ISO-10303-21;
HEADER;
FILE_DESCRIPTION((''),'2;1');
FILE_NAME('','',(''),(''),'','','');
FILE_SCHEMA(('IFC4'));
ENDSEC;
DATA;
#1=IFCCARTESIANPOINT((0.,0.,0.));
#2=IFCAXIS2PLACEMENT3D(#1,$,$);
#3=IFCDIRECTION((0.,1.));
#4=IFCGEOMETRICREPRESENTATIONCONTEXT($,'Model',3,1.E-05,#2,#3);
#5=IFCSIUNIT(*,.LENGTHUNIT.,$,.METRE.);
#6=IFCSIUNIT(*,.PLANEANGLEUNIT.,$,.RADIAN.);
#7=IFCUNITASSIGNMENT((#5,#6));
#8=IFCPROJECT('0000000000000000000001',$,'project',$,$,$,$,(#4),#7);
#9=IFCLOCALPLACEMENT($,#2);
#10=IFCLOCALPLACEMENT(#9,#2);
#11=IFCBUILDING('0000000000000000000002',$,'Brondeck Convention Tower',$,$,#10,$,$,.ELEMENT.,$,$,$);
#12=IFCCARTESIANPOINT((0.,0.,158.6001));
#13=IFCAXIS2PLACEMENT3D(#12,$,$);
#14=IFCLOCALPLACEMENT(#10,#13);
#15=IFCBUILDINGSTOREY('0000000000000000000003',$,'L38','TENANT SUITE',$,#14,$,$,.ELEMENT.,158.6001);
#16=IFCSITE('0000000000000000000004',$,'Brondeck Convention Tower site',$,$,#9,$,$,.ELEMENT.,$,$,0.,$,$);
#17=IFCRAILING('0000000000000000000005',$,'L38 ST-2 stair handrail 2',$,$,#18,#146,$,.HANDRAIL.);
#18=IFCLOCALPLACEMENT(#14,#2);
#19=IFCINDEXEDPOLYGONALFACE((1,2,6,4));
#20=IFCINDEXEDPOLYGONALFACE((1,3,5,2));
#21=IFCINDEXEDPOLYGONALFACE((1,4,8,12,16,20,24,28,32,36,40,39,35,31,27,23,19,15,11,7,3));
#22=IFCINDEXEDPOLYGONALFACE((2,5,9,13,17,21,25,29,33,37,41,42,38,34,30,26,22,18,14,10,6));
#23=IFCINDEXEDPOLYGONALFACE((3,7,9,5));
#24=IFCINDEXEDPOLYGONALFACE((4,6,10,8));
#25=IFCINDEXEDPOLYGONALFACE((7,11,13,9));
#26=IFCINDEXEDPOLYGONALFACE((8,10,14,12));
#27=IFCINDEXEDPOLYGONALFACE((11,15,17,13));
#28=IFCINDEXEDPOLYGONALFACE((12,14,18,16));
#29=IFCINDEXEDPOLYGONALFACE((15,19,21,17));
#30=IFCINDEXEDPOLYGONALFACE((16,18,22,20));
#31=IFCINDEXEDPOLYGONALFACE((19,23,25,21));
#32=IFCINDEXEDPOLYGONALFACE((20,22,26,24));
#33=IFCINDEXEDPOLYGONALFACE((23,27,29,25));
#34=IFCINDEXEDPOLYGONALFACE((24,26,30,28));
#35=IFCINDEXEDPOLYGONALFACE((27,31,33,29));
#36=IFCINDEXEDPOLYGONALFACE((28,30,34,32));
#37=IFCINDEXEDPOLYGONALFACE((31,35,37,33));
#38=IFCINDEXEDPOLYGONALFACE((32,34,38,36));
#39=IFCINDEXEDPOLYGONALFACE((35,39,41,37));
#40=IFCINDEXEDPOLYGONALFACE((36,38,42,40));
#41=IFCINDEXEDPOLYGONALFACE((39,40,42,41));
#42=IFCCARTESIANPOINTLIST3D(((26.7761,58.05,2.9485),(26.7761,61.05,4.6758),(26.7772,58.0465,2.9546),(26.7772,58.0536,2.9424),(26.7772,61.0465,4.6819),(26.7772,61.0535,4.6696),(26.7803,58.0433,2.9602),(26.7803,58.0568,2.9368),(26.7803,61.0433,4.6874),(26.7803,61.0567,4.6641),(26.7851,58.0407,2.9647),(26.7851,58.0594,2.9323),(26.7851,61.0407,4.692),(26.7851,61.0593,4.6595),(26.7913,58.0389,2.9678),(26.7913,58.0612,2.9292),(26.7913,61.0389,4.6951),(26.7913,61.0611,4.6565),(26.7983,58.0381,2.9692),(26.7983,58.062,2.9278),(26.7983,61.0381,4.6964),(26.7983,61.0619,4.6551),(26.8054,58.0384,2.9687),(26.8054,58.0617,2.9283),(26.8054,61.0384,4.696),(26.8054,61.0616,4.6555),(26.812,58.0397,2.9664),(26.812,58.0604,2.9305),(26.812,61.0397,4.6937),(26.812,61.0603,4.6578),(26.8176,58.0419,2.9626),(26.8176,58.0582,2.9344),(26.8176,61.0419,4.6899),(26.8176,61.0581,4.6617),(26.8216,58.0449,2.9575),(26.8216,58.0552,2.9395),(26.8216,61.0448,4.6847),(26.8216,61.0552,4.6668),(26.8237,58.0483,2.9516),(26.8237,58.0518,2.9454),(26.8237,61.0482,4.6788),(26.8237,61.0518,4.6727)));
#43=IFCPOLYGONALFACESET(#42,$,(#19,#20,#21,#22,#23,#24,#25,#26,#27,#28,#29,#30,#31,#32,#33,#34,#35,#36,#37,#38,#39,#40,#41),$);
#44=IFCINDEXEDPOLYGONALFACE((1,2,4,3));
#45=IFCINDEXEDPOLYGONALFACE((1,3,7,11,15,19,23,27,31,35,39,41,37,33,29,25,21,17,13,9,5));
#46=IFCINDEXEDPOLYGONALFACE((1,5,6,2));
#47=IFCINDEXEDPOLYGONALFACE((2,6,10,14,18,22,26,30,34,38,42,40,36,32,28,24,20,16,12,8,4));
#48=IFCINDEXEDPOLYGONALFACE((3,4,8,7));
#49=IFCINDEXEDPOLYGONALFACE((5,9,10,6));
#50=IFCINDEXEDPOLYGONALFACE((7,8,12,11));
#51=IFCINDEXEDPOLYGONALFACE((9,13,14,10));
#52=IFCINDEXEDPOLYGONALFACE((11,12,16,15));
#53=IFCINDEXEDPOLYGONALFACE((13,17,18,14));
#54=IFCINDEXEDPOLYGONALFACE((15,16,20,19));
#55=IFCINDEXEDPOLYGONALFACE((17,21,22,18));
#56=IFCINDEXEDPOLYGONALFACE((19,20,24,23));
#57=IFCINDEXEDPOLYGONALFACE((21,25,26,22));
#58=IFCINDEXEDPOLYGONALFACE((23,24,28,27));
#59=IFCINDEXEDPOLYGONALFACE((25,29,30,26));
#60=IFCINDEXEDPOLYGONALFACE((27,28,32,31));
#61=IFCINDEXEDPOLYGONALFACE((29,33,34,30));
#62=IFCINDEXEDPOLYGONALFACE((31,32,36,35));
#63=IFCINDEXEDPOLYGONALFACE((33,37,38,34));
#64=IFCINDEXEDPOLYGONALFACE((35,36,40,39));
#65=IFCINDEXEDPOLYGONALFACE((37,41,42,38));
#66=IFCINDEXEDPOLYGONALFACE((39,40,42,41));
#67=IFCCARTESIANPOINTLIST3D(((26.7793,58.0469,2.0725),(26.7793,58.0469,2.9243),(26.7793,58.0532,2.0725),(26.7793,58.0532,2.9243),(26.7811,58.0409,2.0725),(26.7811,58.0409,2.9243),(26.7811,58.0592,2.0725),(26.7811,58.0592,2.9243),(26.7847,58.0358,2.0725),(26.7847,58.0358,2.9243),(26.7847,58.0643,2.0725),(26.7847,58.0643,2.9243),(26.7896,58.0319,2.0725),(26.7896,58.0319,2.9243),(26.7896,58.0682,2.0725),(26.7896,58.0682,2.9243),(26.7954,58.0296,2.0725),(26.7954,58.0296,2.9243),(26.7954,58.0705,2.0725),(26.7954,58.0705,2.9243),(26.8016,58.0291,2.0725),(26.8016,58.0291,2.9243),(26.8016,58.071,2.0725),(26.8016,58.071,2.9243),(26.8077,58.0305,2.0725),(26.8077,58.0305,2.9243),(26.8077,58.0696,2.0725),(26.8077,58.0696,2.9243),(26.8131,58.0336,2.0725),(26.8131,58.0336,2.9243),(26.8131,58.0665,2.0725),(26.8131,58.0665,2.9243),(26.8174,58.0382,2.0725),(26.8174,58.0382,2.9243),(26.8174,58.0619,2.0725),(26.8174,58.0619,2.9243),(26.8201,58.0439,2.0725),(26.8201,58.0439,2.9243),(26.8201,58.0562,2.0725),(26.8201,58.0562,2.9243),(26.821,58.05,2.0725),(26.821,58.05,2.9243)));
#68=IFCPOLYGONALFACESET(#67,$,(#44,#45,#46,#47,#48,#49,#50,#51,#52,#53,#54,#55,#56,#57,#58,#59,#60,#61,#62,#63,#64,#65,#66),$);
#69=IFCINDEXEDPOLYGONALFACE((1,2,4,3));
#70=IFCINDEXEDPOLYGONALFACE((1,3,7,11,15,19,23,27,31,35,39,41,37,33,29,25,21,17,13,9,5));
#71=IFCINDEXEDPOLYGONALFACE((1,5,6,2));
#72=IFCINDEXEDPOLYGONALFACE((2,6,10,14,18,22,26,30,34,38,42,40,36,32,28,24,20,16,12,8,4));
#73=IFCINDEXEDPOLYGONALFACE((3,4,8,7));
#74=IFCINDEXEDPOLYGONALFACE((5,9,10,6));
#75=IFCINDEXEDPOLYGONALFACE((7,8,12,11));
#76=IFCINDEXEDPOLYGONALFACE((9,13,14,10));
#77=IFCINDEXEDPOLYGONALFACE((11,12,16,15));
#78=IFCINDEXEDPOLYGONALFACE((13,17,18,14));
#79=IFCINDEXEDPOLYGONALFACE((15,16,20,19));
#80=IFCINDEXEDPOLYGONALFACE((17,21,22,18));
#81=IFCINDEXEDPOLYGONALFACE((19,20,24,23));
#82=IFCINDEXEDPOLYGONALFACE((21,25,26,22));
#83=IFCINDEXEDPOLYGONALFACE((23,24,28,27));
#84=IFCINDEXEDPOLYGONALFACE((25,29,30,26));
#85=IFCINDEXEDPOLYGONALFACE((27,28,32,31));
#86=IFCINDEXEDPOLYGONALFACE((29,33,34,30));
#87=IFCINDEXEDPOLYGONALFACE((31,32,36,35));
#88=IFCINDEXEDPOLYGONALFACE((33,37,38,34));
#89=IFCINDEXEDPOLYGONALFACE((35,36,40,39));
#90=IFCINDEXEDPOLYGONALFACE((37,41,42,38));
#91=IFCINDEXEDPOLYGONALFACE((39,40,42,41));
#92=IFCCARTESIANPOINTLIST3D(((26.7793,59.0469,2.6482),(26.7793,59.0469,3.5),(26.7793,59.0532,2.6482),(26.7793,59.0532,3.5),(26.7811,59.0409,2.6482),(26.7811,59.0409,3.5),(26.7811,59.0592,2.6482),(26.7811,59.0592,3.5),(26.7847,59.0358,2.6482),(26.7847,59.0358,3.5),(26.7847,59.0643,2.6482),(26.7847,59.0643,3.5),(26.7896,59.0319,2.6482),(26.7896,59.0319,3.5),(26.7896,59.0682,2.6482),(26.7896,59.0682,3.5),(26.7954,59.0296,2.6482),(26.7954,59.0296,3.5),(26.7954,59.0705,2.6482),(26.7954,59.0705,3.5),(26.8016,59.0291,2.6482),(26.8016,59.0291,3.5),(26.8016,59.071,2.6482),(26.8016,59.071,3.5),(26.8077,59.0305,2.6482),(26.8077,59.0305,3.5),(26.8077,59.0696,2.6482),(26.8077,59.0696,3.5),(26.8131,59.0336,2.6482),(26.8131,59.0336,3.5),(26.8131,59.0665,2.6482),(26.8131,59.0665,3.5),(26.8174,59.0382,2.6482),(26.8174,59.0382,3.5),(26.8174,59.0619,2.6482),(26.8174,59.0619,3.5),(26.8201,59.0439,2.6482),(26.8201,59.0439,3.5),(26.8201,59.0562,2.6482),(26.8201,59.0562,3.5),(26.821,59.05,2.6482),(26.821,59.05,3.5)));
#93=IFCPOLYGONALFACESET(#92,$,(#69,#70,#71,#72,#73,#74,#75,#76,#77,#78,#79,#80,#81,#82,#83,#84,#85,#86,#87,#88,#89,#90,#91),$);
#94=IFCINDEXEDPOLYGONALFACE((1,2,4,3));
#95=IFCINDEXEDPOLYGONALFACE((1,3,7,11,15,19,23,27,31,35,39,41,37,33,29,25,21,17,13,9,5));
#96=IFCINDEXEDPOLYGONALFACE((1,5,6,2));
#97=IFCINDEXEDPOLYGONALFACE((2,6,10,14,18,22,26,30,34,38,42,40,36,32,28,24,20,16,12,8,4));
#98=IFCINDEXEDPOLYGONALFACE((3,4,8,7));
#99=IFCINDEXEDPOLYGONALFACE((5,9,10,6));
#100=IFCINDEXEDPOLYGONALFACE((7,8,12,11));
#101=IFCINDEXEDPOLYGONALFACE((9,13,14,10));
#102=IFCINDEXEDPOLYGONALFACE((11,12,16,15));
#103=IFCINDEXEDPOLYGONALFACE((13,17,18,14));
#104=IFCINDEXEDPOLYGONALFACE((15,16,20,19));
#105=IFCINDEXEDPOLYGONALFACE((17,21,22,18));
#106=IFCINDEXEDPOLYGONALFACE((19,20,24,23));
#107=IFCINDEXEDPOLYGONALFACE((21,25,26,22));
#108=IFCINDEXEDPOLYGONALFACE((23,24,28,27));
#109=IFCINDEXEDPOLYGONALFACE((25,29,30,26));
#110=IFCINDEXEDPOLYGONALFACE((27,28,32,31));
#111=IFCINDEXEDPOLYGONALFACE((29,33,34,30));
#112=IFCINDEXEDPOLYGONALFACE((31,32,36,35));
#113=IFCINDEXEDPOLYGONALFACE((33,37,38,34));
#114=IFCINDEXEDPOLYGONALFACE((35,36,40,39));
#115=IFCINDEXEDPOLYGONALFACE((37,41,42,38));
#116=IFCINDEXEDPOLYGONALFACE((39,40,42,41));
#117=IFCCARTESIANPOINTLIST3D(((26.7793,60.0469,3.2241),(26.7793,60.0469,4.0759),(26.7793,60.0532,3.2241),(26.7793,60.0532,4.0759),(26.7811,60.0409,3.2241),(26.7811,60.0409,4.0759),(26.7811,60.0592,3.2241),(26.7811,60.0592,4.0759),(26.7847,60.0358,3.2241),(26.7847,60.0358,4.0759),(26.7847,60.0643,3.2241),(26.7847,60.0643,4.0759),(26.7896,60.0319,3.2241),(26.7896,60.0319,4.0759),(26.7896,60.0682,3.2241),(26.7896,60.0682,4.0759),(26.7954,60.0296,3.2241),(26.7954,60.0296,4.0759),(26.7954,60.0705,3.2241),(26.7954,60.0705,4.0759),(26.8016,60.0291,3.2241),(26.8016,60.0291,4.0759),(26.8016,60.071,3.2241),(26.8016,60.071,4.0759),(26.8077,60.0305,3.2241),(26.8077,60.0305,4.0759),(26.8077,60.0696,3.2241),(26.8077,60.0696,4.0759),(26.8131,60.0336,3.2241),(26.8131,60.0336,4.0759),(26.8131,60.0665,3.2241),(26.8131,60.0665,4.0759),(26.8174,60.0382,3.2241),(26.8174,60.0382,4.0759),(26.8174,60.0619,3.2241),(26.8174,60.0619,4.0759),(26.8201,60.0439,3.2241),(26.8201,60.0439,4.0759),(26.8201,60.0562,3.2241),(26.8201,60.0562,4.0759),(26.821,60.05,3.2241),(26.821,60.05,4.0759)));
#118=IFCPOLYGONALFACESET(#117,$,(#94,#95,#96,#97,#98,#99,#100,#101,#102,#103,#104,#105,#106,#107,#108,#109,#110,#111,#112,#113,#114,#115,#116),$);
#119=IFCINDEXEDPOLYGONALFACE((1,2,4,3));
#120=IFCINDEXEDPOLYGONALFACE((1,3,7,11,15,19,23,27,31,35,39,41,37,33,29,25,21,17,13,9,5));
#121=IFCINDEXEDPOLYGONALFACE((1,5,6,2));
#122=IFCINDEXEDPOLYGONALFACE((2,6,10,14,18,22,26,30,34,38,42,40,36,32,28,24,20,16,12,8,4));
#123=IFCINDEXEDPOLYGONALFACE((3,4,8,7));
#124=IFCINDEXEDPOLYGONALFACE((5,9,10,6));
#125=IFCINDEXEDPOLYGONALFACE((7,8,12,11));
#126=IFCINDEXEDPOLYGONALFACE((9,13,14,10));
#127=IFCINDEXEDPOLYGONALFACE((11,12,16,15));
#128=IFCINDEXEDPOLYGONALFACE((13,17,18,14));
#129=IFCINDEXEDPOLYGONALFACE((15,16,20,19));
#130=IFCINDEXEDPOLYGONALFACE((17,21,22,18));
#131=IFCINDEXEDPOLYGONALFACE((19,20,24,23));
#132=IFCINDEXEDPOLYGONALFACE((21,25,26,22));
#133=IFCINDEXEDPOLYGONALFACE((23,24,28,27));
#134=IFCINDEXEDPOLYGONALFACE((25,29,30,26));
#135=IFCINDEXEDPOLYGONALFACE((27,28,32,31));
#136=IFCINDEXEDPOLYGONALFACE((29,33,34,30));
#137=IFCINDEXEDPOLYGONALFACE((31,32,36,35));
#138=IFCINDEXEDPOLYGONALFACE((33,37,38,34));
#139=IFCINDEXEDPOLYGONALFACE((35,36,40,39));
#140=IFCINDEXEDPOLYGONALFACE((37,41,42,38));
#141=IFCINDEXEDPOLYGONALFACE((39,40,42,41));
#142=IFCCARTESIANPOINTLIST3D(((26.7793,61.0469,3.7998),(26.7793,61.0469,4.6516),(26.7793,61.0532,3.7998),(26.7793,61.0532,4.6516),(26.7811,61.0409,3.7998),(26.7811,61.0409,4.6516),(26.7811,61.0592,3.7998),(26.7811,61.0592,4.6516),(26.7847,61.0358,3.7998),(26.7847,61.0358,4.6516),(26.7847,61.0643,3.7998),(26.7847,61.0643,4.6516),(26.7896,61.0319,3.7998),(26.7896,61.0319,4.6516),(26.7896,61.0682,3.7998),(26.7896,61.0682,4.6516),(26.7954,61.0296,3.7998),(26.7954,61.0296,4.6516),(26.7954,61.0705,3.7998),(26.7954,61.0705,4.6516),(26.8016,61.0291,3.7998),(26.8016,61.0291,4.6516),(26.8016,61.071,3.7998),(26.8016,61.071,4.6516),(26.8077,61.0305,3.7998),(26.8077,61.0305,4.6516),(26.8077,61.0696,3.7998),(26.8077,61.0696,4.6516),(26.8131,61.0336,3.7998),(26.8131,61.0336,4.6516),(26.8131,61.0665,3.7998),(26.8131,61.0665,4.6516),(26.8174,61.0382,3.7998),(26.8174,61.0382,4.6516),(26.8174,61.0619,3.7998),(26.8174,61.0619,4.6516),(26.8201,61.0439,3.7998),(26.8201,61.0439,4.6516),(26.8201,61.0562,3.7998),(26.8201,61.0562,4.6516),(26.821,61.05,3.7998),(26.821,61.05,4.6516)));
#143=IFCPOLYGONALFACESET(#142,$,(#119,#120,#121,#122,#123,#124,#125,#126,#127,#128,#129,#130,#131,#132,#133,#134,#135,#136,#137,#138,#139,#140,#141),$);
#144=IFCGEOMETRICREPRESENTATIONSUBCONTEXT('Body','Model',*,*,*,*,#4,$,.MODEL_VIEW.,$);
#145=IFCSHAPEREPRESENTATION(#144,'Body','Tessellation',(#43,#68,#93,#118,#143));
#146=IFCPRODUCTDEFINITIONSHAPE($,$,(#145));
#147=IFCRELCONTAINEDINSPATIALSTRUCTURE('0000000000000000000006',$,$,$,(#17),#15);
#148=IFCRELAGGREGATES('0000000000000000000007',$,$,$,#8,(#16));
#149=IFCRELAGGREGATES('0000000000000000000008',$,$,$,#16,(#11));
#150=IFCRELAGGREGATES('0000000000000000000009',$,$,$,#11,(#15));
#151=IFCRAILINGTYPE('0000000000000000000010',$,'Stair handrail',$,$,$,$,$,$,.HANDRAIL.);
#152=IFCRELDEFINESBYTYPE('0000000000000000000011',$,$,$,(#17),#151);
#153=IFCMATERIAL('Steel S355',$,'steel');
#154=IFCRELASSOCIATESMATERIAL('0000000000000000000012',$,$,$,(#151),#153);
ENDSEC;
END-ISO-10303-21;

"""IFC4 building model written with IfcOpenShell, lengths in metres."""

from ifc_helpers import new_model, si_unit, direction, frame, origin, origin_2d, place, context, subcontext, project, spatial, circle, extrude, material, type_object, element, save


model = new_model("IFC4")

# Units and contexts
model_context = context("Model", 3, precision=1e-05, world=origin(), true_north=direction((0.0, 1.0)))
body_context = subcontext(model_context, "Body", "Model", "MODEL_VIEW")
ifc_project = project(units=[si_unit("LENGTHUNIT", "METRE"), si_unit("PLANEANGLEUNIT", "RADIAN")], contexts=[model_context])

# Site, building, storey
site_placement = place(None, origin())
site = spatial("IfcSite", under=ifc_project, at=site_placement, Name="Brondeck Convention Tower site", CompositionType="ELEMENT", RefElevation=0.0)
building_placement = place(site_placement, origin())
building = spatial("IfcBuilding", under=site, at=building_placement, Name="Brondeck Convention Tower", CompositionType="ELEMENT")
storey_placement = place(building_placement, frame((0.0, 0.0, 158.6001)))
storey = spatial("IfcBuildingStorey", under=building, at=storey_placement, Name="L38", Description="TENANT SUITE", CompositionType="ELEMENT", Elevation=158.6001)

# Railing
ifc_material_1 = material(Name="Steel S355", Category="steel")
railing_type_1 = type_object("IfcRailingType", Name="Stair handrail", PredefinedType="HANDRAIL", material=ifc_material_1)
railing_1_placement = place(storey_placement, frame((26.8, 58.05, 2.0725)))
element("IfcRailing", 1, at=railing_1_placement, inside=storey, type_object=railing_type_1, Name="L38 ST-2 stair handrail 2", PredefinedType="HANDRAIL", context=body_context, shape_type="SweptSolid", body=[
    extrude(circle(Radius=0.0239, at=origin_2d()), frame((0.0, 0.0, 0.876), z_axis=(0.0, 0.86662, 0.498969), x_axis=(-1.0, 0.0, 0.0)), (0.0, 0.0, 1.0), 3.4617),
    extrude(circle(Radius=0.021, at=origin_2d()), origin(), (0.0, 0.0, 1.0), 0.8518),
    extrude(circle(Radius=0.021, at=origin_2d()), frame((0.0, 1.0, 0.5757)), (0.0, 0.0, 1.0), 0.8518),
    extrude(circle(Radius=0.021, at=origin_2d()), frame((0.0, 2.0, 1.1516)), (0.0, 0.0, 1.0), 0.8518),
    extrude(circle(Radius=0.021, at=origin_2d()), frame((0.0, 3.0, 1.7273)), (0.0, 0.0, 1.0), 0.8518),
])

save(model, "model.ifc")
